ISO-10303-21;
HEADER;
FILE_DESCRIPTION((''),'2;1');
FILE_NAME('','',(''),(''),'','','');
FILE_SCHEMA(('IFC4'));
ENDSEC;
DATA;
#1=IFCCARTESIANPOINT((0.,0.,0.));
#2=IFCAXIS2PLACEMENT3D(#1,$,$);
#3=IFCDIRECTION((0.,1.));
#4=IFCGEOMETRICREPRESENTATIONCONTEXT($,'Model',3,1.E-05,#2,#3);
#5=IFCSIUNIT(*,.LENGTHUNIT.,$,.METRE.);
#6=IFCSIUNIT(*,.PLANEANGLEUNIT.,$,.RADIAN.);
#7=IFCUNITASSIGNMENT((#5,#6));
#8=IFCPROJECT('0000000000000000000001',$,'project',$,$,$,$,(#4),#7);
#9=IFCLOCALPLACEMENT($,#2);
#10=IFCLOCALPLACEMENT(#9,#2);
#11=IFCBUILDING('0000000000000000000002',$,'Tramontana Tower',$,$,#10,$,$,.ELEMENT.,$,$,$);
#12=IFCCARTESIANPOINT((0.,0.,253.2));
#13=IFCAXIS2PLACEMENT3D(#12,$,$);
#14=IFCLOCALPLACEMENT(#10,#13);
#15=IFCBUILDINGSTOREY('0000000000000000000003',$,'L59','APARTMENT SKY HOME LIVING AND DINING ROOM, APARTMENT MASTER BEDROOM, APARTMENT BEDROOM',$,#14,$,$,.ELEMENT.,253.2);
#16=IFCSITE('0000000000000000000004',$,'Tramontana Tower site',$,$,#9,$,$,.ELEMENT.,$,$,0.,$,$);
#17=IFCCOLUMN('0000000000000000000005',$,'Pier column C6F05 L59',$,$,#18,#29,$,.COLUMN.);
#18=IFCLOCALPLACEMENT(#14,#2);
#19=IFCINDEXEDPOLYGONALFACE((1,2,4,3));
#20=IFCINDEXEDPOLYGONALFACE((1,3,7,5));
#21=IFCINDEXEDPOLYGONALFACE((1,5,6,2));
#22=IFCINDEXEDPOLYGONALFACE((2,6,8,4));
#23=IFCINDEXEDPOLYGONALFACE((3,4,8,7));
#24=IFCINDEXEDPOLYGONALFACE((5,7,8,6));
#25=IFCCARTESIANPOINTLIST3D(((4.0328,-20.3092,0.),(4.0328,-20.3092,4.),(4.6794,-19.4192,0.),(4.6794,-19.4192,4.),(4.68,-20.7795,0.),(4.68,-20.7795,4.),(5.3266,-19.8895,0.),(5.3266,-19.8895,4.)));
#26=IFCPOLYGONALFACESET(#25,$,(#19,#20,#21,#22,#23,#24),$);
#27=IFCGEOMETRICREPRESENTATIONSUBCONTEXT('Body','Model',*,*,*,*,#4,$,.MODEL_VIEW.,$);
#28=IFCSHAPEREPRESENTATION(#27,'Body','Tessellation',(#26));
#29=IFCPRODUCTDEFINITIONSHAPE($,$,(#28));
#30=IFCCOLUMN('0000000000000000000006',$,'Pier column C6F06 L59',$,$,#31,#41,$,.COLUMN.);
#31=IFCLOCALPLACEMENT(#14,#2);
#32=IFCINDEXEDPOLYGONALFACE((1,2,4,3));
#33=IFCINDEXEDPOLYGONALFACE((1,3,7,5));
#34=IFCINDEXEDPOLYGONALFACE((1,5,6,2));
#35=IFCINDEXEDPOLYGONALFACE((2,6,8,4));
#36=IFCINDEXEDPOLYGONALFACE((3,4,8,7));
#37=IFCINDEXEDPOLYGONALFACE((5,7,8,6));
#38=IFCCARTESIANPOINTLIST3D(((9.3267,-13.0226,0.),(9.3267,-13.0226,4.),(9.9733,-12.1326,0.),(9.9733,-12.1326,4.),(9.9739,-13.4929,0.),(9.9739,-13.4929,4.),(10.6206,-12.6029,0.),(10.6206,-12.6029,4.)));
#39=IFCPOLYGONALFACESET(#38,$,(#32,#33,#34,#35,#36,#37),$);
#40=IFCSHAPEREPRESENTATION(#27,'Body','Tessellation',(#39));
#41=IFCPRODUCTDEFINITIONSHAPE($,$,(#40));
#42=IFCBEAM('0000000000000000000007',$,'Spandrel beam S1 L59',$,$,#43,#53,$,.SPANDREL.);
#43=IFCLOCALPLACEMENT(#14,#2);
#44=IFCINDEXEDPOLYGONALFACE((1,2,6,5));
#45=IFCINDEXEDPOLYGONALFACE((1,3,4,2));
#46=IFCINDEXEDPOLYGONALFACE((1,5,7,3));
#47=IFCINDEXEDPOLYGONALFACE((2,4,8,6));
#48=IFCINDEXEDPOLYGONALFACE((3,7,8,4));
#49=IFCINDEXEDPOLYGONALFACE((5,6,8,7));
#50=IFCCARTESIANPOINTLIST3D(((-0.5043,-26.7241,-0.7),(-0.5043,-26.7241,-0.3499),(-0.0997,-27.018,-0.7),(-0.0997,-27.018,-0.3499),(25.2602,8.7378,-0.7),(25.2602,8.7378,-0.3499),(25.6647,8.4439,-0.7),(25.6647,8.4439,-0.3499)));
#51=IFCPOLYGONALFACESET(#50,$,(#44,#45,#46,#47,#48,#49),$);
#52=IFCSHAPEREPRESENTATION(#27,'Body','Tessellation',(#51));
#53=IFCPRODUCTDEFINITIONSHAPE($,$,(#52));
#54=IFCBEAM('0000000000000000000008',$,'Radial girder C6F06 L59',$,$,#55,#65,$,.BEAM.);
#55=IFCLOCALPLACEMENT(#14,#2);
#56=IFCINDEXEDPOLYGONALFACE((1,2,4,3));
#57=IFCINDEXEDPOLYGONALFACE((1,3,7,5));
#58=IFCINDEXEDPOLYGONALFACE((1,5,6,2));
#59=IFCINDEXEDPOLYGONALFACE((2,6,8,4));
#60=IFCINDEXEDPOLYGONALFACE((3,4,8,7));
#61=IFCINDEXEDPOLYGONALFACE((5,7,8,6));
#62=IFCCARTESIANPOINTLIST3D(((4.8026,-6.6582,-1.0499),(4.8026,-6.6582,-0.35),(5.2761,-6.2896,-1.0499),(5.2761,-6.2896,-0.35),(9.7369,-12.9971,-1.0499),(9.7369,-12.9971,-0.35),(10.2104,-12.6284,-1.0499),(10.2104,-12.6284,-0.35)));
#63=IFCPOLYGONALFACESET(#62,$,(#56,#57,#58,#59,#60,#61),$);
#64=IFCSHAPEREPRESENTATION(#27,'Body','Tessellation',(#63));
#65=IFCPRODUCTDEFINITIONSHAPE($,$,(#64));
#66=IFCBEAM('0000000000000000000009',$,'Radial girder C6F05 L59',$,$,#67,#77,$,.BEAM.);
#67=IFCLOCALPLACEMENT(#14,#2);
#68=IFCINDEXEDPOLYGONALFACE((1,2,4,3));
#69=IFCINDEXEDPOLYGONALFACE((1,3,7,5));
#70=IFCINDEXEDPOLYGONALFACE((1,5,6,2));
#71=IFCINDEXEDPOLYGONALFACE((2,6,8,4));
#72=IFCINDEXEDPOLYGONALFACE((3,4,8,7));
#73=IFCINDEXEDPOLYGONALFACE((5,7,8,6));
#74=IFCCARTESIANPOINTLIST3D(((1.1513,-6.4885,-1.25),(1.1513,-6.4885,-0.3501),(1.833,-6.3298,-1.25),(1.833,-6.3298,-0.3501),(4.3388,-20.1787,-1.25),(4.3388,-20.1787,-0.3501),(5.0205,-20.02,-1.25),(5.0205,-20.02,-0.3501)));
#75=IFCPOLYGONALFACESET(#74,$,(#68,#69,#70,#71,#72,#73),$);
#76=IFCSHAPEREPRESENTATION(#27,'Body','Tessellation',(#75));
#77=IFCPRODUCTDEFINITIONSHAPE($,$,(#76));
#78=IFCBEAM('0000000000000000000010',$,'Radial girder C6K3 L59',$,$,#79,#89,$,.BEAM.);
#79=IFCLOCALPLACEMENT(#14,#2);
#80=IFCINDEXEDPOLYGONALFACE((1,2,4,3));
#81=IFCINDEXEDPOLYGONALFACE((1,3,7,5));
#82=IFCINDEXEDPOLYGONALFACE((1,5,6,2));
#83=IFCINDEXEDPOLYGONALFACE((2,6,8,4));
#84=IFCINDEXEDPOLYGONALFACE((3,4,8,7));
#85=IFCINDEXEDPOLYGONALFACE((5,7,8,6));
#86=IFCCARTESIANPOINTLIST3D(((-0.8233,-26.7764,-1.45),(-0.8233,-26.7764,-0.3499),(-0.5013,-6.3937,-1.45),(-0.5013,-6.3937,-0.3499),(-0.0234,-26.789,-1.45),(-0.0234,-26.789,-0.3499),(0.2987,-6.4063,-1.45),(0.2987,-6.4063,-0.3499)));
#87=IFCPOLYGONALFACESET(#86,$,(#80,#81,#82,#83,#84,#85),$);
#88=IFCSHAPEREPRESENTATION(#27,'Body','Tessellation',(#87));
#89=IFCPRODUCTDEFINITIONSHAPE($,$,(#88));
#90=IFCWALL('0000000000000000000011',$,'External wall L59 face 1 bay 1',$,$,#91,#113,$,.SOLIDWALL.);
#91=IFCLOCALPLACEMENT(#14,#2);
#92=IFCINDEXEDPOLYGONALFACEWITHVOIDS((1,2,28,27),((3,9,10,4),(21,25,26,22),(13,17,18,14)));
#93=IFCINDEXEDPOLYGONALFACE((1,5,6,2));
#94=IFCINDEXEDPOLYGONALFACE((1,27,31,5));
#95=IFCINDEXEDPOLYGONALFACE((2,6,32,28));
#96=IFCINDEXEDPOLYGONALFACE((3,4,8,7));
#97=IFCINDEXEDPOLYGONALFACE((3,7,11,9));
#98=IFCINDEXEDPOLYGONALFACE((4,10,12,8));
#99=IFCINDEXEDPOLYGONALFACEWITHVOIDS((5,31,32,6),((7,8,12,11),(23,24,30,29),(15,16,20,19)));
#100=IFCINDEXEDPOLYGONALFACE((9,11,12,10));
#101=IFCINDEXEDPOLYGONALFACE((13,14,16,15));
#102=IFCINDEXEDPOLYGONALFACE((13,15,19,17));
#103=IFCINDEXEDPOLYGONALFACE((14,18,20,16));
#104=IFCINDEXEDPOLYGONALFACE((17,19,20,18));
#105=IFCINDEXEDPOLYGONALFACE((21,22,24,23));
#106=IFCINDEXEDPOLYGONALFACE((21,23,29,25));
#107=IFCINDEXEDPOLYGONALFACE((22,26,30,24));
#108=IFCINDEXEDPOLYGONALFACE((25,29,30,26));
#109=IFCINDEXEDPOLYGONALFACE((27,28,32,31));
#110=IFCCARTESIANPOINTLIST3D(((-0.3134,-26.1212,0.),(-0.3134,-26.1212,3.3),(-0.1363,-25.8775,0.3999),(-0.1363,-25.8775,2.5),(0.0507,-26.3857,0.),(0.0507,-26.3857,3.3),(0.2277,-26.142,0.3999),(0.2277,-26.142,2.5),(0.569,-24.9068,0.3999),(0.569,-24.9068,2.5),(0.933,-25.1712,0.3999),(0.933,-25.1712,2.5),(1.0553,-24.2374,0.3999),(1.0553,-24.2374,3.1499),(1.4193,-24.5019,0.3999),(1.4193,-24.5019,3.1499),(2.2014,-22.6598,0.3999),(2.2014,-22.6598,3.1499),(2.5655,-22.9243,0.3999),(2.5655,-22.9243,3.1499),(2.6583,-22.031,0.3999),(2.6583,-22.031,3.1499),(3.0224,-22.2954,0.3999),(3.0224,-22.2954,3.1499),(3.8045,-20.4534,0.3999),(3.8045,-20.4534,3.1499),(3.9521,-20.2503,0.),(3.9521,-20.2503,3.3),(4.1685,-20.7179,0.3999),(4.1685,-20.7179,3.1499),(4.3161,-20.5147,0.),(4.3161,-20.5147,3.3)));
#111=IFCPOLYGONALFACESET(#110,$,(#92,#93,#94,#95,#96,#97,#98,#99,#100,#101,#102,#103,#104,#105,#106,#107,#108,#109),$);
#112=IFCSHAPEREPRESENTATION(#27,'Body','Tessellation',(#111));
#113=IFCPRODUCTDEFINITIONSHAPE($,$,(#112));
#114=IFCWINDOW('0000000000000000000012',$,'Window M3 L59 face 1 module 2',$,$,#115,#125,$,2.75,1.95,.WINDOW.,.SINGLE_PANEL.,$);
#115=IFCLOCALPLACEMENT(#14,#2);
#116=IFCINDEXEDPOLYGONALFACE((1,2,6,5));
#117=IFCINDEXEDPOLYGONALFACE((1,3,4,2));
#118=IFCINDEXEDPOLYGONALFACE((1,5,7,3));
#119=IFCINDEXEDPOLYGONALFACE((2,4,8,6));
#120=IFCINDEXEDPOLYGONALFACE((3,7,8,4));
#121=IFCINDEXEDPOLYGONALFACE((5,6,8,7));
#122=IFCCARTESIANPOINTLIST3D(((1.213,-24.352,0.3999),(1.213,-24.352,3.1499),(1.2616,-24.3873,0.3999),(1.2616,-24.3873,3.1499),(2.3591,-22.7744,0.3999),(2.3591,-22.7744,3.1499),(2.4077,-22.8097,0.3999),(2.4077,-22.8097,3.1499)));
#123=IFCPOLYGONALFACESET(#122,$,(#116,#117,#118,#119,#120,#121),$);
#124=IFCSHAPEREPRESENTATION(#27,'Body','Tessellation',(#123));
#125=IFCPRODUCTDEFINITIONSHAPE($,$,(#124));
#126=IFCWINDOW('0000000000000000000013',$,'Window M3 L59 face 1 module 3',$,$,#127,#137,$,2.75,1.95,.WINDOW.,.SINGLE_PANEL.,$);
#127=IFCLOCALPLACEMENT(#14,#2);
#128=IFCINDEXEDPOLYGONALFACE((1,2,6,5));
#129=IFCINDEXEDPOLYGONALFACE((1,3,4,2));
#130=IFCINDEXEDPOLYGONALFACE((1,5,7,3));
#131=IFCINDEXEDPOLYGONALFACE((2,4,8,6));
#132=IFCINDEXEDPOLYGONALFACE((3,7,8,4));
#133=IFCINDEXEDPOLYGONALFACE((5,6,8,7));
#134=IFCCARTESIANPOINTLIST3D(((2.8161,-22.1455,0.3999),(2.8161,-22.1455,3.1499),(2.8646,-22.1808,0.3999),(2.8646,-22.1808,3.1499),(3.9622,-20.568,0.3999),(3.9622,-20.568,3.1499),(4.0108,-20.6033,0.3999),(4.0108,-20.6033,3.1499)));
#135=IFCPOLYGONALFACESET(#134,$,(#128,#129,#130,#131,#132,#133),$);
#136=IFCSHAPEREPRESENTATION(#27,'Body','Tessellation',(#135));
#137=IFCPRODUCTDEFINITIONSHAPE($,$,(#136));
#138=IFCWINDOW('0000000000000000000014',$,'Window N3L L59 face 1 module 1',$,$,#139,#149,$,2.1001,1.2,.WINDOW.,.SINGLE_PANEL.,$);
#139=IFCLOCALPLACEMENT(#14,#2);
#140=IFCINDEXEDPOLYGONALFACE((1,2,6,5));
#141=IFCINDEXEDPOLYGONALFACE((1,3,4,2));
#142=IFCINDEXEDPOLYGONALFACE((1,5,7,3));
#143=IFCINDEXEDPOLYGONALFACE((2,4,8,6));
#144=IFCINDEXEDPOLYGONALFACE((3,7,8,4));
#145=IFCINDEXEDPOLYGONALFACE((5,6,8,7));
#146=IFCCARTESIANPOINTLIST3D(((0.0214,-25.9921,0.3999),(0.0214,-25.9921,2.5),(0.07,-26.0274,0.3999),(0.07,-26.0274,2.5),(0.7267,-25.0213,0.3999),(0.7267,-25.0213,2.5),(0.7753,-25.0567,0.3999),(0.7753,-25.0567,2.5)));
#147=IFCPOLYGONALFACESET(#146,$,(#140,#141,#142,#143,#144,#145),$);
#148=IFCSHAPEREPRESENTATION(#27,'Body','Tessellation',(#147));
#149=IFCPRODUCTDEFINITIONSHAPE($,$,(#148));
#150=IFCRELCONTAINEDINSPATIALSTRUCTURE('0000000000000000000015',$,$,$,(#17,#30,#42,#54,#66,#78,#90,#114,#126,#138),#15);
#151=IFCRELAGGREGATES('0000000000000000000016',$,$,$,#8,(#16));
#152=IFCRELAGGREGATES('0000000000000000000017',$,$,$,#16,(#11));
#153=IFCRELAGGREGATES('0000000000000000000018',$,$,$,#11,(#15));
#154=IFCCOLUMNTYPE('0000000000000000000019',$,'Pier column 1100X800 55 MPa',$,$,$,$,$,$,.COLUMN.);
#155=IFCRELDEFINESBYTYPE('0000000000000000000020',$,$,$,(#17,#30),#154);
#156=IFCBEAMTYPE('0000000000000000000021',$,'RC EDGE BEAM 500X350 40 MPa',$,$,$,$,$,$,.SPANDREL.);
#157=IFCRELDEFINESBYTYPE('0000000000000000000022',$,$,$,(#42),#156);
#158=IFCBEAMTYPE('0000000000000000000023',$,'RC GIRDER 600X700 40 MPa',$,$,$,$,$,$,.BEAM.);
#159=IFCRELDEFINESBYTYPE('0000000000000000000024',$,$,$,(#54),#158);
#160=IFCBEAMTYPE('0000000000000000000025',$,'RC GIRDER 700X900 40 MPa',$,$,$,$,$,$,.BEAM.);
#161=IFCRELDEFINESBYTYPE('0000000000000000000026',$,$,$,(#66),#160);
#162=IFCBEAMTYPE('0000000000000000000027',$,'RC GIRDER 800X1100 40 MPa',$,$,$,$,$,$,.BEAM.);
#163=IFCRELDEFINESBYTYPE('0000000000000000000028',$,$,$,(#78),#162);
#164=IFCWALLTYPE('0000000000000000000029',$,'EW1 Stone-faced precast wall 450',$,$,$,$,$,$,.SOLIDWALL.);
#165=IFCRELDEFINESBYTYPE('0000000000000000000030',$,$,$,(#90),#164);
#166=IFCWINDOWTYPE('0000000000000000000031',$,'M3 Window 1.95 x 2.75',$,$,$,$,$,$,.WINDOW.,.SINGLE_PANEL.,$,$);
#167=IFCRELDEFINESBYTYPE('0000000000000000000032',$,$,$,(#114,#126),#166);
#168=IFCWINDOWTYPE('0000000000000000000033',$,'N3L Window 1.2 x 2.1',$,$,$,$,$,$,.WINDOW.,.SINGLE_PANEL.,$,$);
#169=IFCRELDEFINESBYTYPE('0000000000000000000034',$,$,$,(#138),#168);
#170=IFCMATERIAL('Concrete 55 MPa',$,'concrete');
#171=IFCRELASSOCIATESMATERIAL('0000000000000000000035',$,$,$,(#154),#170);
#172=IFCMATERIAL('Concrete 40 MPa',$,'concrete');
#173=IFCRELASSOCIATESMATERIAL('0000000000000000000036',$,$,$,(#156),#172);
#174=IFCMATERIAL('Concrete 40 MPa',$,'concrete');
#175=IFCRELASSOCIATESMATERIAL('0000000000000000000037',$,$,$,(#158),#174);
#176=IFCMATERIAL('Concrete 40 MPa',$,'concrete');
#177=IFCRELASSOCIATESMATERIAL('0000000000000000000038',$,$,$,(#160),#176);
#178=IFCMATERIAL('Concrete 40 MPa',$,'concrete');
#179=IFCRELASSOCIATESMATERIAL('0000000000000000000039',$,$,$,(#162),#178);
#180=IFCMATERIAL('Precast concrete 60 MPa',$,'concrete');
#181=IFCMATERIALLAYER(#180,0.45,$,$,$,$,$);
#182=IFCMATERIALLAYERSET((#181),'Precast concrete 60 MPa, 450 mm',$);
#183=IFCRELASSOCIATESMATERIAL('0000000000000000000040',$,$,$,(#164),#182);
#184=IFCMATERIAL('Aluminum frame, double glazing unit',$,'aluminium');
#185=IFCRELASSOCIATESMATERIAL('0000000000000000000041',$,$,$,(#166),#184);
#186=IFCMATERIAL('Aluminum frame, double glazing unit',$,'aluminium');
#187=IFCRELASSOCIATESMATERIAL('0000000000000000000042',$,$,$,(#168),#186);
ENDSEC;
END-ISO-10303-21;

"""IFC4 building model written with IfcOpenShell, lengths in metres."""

from ifc_helpers import new_model, si_unit, direction, frame, frame_2d, origin, origin_2d, place, context, subcontext, project, spatial, rectangle, extrude, material, layer, layer_set, material_profile, profile_set, type_object, element, fill, save


model = new_model("IFC4")

# Units and contexts
model_context = context("Model", 3, precision=1e-05, world=origin(), true_north=direction((0.0, 1.0)))
body_context = subcontext(model_context, "Body", "Model", "MODEL_VIEW")
ifc_project = project(units=[si_unit("LENGTHUNIT", "METRE"), si_unit("PLANEANGLEUNIT", "RADIAN")], contexts=[model_context])

# Site, building, storey
site_placement = place(None, origin())
site = spatial("IfcSite", under=ifc_project, at=site_placement, Name="Tramontana Tower site", CompositionType="ELEMENT", RefElevation=0.0)
building_placement = place(site_placement, origin())
building = spatial("IfcBuilding", under=site, at=building_placement, Name="Tramontana Tower", CompositionType="ELEMENT")
storey_placement = place(building_placement, frame((0.0, 0.0, 253.2)))
storey = spatial("IfcBuildingStorey", under=building, at=storey_placement, Name="L59", Description="APARTMENT SKY HOME LIVING AND DINING ROOM, APARTMENT MASTER BEDROOM, APARTMENT BEDROOM", CompositionType="ELEMENT", Elevation=253.2)

# Columns
ifc_material_1 = material(Name="Concrete 55 MPa", Category="concrete")
ifc_material_profile_1 = material_profile(ifc_material_1, rectangle(XDim=1.1001, YDim=0.8, at=origin_2d()), Name="Pier column 1100X800 55 MPa")
ifc_profile_set_1 = profile_set([ifc_material_profile_1], Name="Concrete 55 MPa")
column_type = type_object("IfcColumnType", Name="Pier column 1100X800 55 MPa", PredefinedType="COLUMN", material=ifc_profile_set_1)
for number, where, z_axis, x_axis, name in (
    (1, (4.6797, -20.0994, 0.0), (0.0, 0.0, 1.0), (0.587785, 0.809017, 0.0), "Pier column C6F05 L59"),
    (2, (9.9736, -12.8127, 0.0), (0.0, 0.0, 1.0), (0.587785, 0.809017, 0.0), "Pier column C6F06 L59"),
):
    element("IfcColumn", number, at=place(storey_placement, frame(where, z_axis=z_axis, x_axis=x_axis)), inside=storey, type_object=column_type, Name=name, PredefinedType="COLUMN", context=body_context, shape_type="SweptSolid", body=[
        extrude(rectangle(XDim=1.1001, YDim=0.8, at=origin_2d()), origin(), (0.0, 0.0, 1.0), 4.0),
    ])

# Beams
ifc_material_2 = material(Name="Concrete 40 MPa", Category="concrete")
ifc_material_profile_2 = material_profile(ifc_material_2, rectangle(XDim=0.5, YDim=0.3501, at=origin_2d()), Name="RC EDGE BEAM 500X350 40 MPa")
ifc_profile_set_2 = profile_set([ifc_material_profile_2], Name="Concrete 40 MPa")
beam_type_1 = type_object("IfcBeamType", Name="RC EDGE BEAM 500X350 40 MPa", PredefinedType="SPANDREL", material=ifc_profile_set_2)
beam_1_placement = place(storey_placement, frame((-0.302, -26.8711, -0.5249), z_axis=(0.587782, 0.809019, 0.0), x_axis=(-0.809019, 0.587782, 0.0)))
element("IfcBeam", 3, at=beam_1_placement, inside=storey, type_object=beam_type_1, Name="Spandrel beam S1 L59", PredefinedType="SPANDREL", context=body_context, shape_type="SweptSolid", body=[
    extrude(rectangle(XDim=0.5, YDim=0.3501, at=origin_2d()), origin(), (0.0, 0.0, 1.0), 43.8333),
])
ifc_material_3 = material(Name="Concrete 40 MPa", Category="concrete")
ifc_material_profile_3 = material_profile(ifc_material_3, rectangle(XDim=0.6001, YDim=0.7, at=origin_2d()), Name="RC GIRDER 600X700 40 MPa")
ifc_profile_set_3 = profile_set([ifc_material_profile_3], Name="Concrete 40 MPa")
beam_type_2 = type_object("IfcBeamType", Name="RC GIRDER 600X700 40 MPa", PredefinedType="BEAM", material=ifc_profile_set_3)
beam_2_placement = place(storey_placement, frame((9.9736, -12.8127, -0.7), z_axis=(-0.614258, 0.789105, 0.0), x_axis=(-0.789105, -0.614258, 0.0)))
element("IfcBeam", 4, at=beam_2_placement, inside=storey, type_object=beam_type_2, Name="Radial girder C6F06 L59", PredefinedType="BEAM", context=body_context, shape_type="SweptSolid", body=[
    extrude(rectangle(XDim=0.6001, YDim=0.7, at=origin_2d()), origin(), (0.0, 0.0, 1.0), 8.033),
])
ifc_material_4 = material(Name="Concrete 40 MPa", Category="concrete")
ifc_material_profile_4 = material_profile(ifc_material_4, rectangle(XDim=0.7, YDim=0.8999, at=origin_2d()), Name="RC GIRDER 700X900 40 MPa")
ifc_profile_set_4 = profile_set([ifc_material_profile_4], Name="Concrete 40 MPa")
beam_type_3 = type_object("IfcBeamType", Name="RC GIRDER 700X900 40 MPa", PredefinedType="BEAM", material=ifc_profile_set_4)
beam_3_placement = place(storey_placement, frame((4.6797, -20.0994, -0.8), z_axis=(-0.226766, 0.973949, 0.0), x_axis=(-0.973949, -0.226766, 0.0)))
element("IfcBeam", 5, at=beam_3_placement, inside=storey, type_object=beam_type_3, Name="Radial girder C6F05 L59", PredefinedType="BEAM", context=body_context, shape_type="SweptSolid", body=[
    extrude(rectangle(XDim=0.7, YDim=0.8999, at=origin_2d()), origin(), (0.0, 0.0, 1.0), 14.0564),
])
ifc_material_5 = material(Name="Concrete 40 MPa", Category="concrete")
ifc_material_profile_5 = material_profile(ifc_material_5, rectangle(XDim=0.8, YDim=1.1001, at=origin_2d()), Name="RC GIRDER 800X1100 40 MPa")
ifc_profile_set_5 = profile_set([ifc_material_profile_5], Name="Concrete 40 MPa")
beam_type_4 = type_object("IfcBeamType", Name="RC GIRDER 800X1100 40 MPa", PredefinedType="BEAM", material=ifc_profile_set_5)
beam_4_placement = place(storey_placement, frame((-0.4233, -26.7827, -0.8999), z_axis=(0.015797, 0.999875, 0.0), x_axis=(-0.999875, 0.015797, 0.0)))
element("IfcBeam", 6, at=beam_4_placement, inside=storey, type_object=beam_type_4, Name="Radial girder C6K3 L59", PredefinedType="BEAM", context=body_context, shape_type="SweptSolid", body=[
    extrude(rectangle(XDim=0.8, YDim=1.1001, at=origin_2d()), origin(), (0.0, 0.0, 1.0), 20.3853),
])

# Wall, openings, windows
ifc_material_6 = material(Name="Precast concrete 60 MPa", Category="concrete")
ifc_layer_1 = layer(ifc_material_6, 0.45)
ifc_layer_set_1 = layer_set([ifc_layer_1], Name="Precast concrete 60 MPa, 450 mm")
wall_type_1 = type_object("IfcWallType", Name="EW1 Stone-faced precast wall 450", PredefinedType="SOLIDWALL", material=ifc_layer_set_1)
wall_1_placement = place(storey_placement, frame((-0.1313, -26.2534, 0.0), z_axis=(0.0, 0.0, 1.0), x_axis=(0.587782, 0.80902, 0.0)))
wall_1 = element("IfcWall", 7, at=wall_1_placement, inside=storey, type_object=wall_type_1, Name="External wall L59 face 1 bay 1", PredefinedType="SOLIDWALL", context=body_context, shape_type="SweptSolid", body=[
    extrude(rectangle(XDim=7.2568, YDim=0.45, at=frame_2d((3.6284, 0.0))), origin(), (0.0, 0.0, 1.0), 3.3),
])
opening_1_placement = place(wall_1_placement, frame((0.301, 0.0, 0.3999)))
opening_1 = element("IfcOpeningElement", 8, at=opening_1_placement, cuts=wall_1, PredefinedType="OPENING", context=body_context, shape_type="SweptSolid", body=[
    extrude(rectangle(XDim=1.2, YDim=2.1001, at=frame_2d((0.6001, 1.05))), frame((0.0, 0.2349, 0.0), z_axis=(0.0, -1.0, 0.0), x_axis=(1.0, 0.0, 0.0)), (0.0, 0.0, 1.0), 0.47),
])
opening_2_placement = place(wall_1_placement, frame((2.3284, 0.0, 0.3999)))
opening_2 = element("IfcOpeningElement", 9, at=opening_2_placement, cuts=wall_1, PredefinedType="OPENING", context=body_context, shape_type="SweptSolid", body=[
    extrude(rectangle(XDim=1.95, YDim=2.75, at=frame_2d((0.9751, 1.375))), frame((0.0, 0.2349, 0.0), z_axis=(0.0, -1.0, 0.0), x_axis=(1.0, 0.0, 0.0)), (0.0, 0.0, 1.0), 0.47),
])
opening_3_placement = place(wall_1_placement, frame((5.0557, 0.0, 0.3999)))
opening_3 = element("IfcOpeningElement", 10, at=opening_3_placement, cuts=wall_1, PredefinedType="OPENING", context=body_context, shape_type="SweptSolid", body=[
    extrude(rectangle(XDim=1.95, YDim=2.75, at=frame_2d((0.9751, 1.375))), frame((0.0, 0.2349, 0.0), z_axis=(0.0, -1.0, 0.0), x_axis=(1.0, 0.0, 0.0)), (0.0, 0.0, 1.0), 0.47),
])
ifc_material_7 = material(Name="Aluminum frame, double glazing unit", Category="aluminium")
window_type_1 = type_object("IfcWindowType", Name="M3 Window 1.95 x 2.75", PartitioningType="SINGLE_PANEL", PredefinedType="WINDOW", material=ifc_material_7)
window_1_placement = place(opening_2_placement, origin())
window_1 = element("IfcWindow", 11, at=window_1_placement, inside=storey, type_object=window_type_1, Name="Window M3 L59 face 1 module 2", OverallHeight=2.75, OverallWidth=1.95, PartitioningType="SINGLE_PANEL", PredefinedType="WINDOW", context=body_context, shape_type="SweptSolid", body=[
    extrude(rectangle(XDim=1.95, YDim=2.75, at=frame_2d((0.9751, 1.375))), frame((0.0, 0.03, 0.0), z_axis=(0.0, -1.0, 0.0), x_axis=(1.0, 0.0, 0.0)), (0.0, 0.0, 1.0), 0.0601),
])
fill(opening_2, window_1)
window_2_placement = place(opening_3_placement, origin())
window_2 = element("IfcWindow", 12, at=window_2_placement, inside=storey, type_object=window_type_1, Name="Window M3 L59 face 1 module 3", OverallHeight=2.75, OverallWidth=1.95, PartitioningType="SINGLE_PANEL", PredefinedType="WINDOW", context=body_context, shape_type="SweptSolid", body=[
    extrude(rectangle(XDim=1.95, YDim=2.75, at=frame_2d((0.9751, 1.375))), frame((0.0, 0.03, 0.0), z_axis=(0.0, -1.0, 0.0), x_axis=(1.0, 0.0, 0.0)), (0.0, 0.0, 1.0), 0.0601),
])
fill(opening_3, window_2)
ifc_material_8 = material(Name="Aluminum frame, double glazing unit", Category="aluminium")
window_type_2 = type_object("IfcWindowType", Name="N3L Window 1.2 x 2.1", PartitioningType="SINGLE_PANEL", PredefinedType="WINDOW", material=ifc_material_8)
window_3_placement = place(opening_1_placement, origin())
window_3 = element("IfcWindow", 13, at=window_3_placement, inside=storey, type_object=window_type_2, Name="Window N3L L59 face 1 module 1", OverallHeight=2.1001, OverallWidth=1.2, PartitioningType="SINGLE_PANEL", PredefinedType="WINDOW", context=body_context, shape_type="SweptSolid", body=[
    extrude(rectangle(XDim=1.2, YDim=2.1001, at=frame_2d((0.6001, 1.05))), frame((0.0, 0.03, 0.0), z_axis=(0.0, -1.0, 0.0), x_axis=(1.0, 0.0, 0.0)), (0.0, 0.0, 1.0), 0.0601),
])
fill(opening_1, window_3)

save(model, "model.ifc")
